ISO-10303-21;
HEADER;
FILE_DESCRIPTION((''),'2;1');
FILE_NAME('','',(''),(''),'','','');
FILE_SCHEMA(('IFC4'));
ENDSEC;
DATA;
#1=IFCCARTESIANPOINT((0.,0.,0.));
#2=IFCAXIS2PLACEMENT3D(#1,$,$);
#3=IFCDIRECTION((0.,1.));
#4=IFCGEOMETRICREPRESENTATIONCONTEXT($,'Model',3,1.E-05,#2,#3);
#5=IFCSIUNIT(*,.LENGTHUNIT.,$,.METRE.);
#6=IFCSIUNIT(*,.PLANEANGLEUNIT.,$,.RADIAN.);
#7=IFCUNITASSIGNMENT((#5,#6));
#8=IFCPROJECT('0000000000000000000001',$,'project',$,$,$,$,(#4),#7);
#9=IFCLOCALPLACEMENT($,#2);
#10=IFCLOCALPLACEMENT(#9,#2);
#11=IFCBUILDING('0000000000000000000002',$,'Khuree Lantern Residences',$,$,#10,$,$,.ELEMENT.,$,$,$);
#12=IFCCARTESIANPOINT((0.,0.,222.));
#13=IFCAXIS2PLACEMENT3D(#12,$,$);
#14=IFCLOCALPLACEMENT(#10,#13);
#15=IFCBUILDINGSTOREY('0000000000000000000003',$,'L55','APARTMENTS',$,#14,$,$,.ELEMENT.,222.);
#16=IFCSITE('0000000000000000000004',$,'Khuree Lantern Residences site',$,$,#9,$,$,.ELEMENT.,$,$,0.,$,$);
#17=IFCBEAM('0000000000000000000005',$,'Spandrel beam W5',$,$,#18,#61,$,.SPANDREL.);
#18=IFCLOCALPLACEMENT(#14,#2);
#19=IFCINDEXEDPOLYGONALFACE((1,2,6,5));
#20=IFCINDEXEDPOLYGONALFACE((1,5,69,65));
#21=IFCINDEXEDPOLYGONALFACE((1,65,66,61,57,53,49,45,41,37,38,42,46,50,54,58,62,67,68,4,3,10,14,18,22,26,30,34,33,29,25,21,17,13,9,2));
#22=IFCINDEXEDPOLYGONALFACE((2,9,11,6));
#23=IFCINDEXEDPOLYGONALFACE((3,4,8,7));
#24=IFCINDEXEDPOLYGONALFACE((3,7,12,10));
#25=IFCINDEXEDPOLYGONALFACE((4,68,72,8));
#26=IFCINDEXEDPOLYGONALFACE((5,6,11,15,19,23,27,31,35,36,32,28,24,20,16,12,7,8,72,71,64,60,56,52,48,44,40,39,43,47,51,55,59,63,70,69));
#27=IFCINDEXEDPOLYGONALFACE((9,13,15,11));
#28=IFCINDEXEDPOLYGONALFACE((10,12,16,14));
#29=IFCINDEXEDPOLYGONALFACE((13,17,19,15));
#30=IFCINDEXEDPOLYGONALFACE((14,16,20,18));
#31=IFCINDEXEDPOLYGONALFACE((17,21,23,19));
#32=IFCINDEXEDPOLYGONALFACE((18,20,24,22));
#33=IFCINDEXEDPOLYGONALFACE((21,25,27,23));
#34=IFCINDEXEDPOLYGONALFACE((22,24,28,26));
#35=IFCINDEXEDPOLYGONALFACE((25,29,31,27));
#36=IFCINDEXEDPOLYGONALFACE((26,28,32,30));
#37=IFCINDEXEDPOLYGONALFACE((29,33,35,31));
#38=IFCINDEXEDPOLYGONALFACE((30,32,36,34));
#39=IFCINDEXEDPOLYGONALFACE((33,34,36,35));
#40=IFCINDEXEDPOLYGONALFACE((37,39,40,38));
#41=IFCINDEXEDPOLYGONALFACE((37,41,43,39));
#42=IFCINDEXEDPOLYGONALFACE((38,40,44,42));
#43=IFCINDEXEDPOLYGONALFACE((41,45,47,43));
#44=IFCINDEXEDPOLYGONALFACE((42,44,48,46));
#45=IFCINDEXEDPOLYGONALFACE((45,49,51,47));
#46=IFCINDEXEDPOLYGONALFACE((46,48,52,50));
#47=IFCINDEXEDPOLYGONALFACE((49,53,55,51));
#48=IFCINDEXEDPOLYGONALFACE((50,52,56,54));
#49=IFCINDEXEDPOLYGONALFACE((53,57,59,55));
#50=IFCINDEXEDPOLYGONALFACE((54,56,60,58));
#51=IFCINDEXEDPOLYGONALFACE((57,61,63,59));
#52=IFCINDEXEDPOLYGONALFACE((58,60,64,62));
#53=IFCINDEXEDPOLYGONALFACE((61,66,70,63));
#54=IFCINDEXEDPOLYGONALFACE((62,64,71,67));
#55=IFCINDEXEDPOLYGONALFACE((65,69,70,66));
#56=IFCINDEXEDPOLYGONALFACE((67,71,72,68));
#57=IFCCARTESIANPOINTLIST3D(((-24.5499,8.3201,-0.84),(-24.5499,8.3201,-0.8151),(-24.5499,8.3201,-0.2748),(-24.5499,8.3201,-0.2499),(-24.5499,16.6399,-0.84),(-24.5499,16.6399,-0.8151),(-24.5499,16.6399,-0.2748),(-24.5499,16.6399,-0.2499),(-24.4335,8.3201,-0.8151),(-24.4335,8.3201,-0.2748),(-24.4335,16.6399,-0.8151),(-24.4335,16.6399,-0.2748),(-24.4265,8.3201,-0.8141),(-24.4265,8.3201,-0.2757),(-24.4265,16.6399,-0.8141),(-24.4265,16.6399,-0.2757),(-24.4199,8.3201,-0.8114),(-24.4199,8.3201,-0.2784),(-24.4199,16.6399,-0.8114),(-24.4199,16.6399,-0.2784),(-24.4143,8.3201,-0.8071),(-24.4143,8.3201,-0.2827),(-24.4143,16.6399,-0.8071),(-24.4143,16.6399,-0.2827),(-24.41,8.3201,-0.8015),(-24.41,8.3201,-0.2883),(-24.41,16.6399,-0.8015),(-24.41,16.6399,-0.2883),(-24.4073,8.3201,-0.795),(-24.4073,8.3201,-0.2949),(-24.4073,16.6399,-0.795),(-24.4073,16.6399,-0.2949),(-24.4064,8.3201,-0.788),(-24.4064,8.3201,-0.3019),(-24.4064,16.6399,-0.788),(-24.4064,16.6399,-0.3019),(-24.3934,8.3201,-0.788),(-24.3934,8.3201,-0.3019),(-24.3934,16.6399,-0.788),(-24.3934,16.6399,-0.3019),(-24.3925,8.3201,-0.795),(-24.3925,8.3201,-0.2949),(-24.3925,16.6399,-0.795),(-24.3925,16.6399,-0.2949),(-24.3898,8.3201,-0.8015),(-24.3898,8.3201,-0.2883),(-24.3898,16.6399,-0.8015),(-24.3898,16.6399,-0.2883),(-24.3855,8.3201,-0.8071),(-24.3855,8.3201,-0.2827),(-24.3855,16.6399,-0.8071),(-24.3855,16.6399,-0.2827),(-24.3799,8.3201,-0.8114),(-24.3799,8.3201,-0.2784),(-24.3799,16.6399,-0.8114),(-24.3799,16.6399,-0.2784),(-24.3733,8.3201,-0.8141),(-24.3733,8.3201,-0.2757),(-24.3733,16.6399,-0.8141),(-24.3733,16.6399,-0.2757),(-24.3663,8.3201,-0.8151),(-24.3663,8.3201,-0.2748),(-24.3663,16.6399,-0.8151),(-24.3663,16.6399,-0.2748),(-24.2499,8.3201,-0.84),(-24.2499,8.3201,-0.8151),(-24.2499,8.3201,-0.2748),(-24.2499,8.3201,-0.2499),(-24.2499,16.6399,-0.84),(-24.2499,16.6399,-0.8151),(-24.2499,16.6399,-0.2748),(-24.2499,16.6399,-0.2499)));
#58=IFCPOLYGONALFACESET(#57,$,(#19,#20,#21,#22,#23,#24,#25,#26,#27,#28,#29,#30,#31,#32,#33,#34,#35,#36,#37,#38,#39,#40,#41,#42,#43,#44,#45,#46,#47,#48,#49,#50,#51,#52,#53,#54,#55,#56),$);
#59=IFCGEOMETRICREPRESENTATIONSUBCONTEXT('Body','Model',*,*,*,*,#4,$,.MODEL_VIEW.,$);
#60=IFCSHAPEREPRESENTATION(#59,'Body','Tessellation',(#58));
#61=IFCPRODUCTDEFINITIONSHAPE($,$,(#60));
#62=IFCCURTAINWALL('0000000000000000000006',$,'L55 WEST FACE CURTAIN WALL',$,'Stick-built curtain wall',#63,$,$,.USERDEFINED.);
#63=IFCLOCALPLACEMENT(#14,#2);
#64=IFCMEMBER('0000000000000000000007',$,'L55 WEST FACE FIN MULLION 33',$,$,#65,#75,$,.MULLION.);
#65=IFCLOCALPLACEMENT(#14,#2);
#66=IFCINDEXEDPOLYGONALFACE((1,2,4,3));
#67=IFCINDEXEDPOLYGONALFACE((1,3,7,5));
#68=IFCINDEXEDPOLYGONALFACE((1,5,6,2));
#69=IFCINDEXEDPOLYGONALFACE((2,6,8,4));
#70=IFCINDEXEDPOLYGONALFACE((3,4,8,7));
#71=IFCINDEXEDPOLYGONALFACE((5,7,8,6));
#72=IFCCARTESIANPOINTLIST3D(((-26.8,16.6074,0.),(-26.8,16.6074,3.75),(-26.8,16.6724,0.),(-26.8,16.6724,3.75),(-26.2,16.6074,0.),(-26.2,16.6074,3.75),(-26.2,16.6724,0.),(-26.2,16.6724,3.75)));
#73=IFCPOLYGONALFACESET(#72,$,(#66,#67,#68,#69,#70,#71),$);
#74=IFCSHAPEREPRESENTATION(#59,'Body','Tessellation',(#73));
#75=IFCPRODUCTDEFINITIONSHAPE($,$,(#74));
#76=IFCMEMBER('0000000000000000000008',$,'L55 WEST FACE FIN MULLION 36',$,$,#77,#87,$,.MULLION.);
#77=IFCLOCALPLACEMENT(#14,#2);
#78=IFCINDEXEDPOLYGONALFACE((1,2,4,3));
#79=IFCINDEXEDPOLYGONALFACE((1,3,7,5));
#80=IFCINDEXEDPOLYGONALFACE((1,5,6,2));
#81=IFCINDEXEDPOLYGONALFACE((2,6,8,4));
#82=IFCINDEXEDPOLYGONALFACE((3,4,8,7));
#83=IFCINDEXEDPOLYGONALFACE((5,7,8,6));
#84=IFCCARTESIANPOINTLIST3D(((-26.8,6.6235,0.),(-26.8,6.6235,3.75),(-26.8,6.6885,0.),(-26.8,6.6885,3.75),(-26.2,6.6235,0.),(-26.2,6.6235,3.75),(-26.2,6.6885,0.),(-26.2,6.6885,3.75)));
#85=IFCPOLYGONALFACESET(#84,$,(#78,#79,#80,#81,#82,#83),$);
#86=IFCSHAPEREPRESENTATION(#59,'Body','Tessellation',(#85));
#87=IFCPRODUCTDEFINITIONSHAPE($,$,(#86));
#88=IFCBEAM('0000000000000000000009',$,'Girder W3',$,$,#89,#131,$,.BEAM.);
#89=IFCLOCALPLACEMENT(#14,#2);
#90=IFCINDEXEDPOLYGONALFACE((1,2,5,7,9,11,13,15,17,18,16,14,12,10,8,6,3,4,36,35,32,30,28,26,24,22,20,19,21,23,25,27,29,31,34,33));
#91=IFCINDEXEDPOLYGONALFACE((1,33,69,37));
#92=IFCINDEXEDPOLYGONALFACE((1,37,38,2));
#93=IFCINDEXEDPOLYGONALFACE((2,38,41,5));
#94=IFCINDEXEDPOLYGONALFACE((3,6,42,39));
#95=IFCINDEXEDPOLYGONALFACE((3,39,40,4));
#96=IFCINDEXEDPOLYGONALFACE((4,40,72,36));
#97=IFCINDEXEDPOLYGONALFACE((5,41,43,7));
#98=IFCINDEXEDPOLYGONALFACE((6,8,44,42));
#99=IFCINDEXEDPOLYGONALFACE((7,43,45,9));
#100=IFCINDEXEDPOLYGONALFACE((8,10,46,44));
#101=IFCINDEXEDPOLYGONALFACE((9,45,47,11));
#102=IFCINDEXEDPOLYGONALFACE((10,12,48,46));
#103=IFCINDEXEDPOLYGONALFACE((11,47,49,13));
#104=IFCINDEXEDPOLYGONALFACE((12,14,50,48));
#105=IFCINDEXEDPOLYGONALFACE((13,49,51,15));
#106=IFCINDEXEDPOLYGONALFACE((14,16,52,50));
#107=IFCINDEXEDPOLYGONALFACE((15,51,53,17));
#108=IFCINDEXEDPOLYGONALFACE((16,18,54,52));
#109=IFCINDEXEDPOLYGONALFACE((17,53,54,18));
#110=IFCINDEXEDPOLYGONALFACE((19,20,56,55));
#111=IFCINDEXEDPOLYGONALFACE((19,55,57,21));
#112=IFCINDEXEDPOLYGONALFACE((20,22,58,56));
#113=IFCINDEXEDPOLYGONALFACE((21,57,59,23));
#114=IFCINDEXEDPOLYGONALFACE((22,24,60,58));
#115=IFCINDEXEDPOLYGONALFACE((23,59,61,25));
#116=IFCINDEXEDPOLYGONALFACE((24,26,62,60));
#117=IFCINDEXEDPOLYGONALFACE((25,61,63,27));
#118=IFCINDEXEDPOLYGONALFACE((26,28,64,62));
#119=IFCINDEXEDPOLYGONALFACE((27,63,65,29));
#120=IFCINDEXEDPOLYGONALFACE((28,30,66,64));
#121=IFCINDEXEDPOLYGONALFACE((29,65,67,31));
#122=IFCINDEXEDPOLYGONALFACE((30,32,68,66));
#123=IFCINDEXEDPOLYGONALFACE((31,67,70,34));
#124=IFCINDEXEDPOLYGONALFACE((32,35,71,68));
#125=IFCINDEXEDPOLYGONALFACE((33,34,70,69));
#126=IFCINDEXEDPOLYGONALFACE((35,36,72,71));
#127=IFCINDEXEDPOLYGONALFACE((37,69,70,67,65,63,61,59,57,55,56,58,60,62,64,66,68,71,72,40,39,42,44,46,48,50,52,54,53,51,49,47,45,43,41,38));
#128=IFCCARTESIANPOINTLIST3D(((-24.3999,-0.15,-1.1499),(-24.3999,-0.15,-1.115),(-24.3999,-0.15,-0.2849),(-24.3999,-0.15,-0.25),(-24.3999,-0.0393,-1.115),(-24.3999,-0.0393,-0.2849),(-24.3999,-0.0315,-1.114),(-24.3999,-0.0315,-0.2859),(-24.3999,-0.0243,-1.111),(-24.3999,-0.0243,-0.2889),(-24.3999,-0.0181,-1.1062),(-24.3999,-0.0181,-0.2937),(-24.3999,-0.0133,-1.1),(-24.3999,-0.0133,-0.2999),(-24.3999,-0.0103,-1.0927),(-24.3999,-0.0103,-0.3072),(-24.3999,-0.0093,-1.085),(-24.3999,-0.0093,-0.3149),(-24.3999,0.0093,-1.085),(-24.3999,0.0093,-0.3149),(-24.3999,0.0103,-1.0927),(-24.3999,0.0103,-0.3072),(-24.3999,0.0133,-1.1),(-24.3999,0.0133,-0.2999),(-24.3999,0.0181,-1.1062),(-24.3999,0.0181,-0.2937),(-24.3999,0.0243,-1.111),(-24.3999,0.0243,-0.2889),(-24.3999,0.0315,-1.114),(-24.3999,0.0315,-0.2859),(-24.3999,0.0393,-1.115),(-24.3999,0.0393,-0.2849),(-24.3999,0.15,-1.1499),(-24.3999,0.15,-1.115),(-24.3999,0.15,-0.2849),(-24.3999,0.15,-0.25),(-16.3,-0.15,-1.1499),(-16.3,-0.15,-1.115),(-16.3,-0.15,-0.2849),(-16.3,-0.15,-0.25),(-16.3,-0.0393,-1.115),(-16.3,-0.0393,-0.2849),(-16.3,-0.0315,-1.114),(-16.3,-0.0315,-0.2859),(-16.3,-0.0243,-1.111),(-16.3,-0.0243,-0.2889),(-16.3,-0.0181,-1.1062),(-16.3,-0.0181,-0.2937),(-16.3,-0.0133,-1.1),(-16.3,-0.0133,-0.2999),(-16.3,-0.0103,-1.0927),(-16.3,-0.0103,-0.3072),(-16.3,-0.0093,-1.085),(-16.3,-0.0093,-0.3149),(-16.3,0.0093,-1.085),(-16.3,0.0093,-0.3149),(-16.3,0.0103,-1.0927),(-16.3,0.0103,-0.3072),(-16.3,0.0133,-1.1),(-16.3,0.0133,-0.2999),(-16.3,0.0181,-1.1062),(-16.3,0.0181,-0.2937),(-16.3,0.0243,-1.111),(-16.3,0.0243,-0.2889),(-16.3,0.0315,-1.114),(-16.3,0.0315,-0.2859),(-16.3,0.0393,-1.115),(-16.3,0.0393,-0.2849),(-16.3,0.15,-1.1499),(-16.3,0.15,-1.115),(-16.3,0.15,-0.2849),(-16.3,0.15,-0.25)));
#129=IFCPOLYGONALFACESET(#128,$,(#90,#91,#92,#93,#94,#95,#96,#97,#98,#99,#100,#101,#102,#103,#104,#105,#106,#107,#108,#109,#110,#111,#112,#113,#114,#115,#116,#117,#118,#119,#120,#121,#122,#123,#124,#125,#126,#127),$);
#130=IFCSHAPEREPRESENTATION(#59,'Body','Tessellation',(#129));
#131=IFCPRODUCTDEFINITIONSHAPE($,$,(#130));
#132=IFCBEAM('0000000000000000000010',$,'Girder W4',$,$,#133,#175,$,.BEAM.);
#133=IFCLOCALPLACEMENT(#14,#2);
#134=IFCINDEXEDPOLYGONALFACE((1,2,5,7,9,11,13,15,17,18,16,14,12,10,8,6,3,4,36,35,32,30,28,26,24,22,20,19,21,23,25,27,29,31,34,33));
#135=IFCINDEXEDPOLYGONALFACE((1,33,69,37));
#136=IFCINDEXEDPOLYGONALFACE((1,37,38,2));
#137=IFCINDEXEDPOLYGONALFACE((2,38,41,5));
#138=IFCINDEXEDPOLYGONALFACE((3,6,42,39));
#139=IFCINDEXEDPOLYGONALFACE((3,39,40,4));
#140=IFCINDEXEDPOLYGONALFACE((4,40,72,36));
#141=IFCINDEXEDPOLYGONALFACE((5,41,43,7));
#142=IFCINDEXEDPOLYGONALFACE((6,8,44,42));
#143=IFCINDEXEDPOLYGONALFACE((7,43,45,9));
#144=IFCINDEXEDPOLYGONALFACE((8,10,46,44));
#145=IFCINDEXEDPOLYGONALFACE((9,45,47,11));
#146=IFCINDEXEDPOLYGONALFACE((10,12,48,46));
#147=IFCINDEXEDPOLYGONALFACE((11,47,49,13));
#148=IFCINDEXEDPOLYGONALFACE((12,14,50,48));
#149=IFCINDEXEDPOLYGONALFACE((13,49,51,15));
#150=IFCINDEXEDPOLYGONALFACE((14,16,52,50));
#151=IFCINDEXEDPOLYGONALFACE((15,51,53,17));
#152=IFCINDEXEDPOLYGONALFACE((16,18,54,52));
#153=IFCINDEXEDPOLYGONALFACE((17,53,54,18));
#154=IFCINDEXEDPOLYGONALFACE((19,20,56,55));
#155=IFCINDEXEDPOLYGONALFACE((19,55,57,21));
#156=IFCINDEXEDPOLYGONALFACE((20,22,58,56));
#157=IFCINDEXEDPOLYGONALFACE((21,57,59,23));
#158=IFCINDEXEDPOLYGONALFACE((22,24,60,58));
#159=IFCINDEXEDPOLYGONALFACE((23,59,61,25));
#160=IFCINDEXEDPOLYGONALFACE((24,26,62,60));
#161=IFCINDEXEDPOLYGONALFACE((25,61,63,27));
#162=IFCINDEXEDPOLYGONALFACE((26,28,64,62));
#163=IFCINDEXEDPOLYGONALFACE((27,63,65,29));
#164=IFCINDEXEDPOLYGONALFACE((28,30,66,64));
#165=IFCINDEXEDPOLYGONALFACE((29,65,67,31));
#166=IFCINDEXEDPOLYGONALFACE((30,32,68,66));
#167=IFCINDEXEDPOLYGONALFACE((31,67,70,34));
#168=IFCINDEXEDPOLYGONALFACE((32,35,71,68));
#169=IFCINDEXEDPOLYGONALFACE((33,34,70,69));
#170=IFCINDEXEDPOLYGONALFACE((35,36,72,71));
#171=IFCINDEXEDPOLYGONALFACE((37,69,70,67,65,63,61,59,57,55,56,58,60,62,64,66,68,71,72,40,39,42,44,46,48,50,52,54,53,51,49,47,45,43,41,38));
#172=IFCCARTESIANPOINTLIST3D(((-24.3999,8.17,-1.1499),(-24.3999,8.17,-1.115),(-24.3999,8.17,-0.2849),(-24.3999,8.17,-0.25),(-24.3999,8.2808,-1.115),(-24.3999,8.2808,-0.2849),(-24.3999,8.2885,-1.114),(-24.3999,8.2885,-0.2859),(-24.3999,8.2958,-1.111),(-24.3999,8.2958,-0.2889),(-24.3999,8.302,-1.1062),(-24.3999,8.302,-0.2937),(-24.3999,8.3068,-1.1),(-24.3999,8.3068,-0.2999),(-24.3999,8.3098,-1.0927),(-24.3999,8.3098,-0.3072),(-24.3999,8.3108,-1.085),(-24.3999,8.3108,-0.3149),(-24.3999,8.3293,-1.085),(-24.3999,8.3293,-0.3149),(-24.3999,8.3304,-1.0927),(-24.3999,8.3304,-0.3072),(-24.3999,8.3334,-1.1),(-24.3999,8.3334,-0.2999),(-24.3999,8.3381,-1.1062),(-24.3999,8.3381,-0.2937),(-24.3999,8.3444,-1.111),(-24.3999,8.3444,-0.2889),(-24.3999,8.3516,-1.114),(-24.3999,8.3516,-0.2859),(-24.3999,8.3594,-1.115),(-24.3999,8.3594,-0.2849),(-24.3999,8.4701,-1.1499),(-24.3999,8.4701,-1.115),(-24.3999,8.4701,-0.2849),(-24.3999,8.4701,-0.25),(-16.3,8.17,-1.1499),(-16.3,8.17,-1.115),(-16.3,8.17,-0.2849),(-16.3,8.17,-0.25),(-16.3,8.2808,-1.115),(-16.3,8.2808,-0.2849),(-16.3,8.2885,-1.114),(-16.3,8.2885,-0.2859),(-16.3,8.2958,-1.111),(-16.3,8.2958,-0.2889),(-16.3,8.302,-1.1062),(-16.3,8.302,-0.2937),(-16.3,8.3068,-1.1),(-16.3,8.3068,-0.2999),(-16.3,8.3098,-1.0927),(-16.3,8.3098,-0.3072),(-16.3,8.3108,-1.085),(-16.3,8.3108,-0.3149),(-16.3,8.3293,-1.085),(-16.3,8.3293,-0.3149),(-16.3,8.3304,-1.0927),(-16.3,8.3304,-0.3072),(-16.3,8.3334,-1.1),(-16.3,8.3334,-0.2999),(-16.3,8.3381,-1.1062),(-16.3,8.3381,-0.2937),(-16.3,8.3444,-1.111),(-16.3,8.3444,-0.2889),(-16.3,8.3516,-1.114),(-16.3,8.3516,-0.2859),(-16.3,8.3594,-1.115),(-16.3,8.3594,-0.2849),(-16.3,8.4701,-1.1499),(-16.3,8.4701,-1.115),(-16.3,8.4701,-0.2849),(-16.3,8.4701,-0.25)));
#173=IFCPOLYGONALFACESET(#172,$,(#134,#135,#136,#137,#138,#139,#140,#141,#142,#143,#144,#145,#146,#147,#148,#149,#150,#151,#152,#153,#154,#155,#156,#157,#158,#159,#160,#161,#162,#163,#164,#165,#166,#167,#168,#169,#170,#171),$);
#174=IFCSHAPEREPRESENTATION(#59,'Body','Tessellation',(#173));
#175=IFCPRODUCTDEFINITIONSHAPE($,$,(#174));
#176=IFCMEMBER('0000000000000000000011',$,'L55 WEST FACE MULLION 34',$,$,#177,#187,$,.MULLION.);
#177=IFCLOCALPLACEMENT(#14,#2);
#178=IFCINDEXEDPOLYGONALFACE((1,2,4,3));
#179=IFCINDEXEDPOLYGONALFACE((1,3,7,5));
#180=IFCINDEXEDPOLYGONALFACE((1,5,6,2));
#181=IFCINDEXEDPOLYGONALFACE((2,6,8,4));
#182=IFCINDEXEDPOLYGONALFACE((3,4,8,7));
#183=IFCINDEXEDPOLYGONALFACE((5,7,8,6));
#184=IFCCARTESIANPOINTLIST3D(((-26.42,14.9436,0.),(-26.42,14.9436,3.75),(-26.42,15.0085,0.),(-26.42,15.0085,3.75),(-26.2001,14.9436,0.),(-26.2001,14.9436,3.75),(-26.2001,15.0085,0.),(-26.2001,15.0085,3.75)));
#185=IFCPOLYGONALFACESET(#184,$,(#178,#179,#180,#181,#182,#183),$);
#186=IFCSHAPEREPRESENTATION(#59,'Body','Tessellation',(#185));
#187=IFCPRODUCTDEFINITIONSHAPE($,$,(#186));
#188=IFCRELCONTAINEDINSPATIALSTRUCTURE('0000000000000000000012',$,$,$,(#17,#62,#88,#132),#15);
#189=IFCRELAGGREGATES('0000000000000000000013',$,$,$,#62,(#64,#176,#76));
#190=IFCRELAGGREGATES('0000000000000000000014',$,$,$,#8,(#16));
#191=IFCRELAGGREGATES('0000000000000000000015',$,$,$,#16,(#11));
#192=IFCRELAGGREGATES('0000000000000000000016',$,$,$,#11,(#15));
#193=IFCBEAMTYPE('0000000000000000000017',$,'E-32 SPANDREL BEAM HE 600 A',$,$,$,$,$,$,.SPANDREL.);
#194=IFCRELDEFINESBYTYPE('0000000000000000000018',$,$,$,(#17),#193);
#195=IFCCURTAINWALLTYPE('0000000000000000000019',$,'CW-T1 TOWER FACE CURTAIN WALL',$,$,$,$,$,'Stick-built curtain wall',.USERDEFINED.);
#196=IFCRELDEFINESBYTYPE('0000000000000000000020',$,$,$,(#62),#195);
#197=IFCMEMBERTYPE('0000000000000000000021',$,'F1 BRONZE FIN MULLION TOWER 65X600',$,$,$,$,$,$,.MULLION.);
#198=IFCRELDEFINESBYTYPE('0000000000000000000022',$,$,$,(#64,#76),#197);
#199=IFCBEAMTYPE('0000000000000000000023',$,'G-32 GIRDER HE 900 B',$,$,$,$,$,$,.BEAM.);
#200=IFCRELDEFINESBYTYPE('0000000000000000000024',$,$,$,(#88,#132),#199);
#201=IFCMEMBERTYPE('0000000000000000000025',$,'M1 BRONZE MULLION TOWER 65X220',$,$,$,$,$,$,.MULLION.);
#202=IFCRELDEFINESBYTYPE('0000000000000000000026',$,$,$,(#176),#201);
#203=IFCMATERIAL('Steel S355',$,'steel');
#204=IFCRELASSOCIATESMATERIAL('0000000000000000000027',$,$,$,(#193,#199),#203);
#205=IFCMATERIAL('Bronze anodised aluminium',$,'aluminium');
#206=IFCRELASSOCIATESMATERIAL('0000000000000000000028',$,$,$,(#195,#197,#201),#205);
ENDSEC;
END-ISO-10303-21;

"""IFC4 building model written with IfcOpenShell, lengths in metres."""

from ifc_helpers import new_model, si_unit, direction, frame, origin, origin_2d, place, context, subcontext, project, spatial, rectangle, i_section, extrude, material, material_profile, profile_set, type_object, element, aggregate, save


model = new_model("IFC4")

# Units and contexts
model_context = context("Model", 3, precision=1e-05, world=origin(), true_north=direction((0.0, 1.0)))
body_context = subcontext(model_context, "Body", "Model", "MODEL_VIEW")
ifc_project = project(units=[si_unit("LENGTHUNIT", "METRE"), si_unit("PLANEANGLEUNIT", "RADIAN")], contexts=[model_context])

# Site, building, storey
site_placement = place(None, origin())
site = spatial("IfcSite", under=ifc_project, at=site_placement, Name="Khuree Lantern Residences site", CompositionType="ELEMENT", RefElevation=0.0)
building_placement = place(site_placement, origin())
building = spatial("IfcBuilding", under=site, at=building_placement, Name="Khuree Lantern Residences", CompositionType="ELEMENT")
storey_placement = place(building_placement, frame((0.0, 0.0, 222.0)))
storey = spatial("IfcBuildingStorey", under=building, at=storey_placement, Name="L55", Description="APARTMENTS", CompositionType="ELEMENT", Elevation=222.0)

# Beam
ifc_material_1 = material(Name="Steel S355", Category="steel")
ifc_material_profile_1 = material_profile(ifc_material_1, i_section(OverallWidth=0.3, OverallDepth=0.5901, WebThickness=0.0129, FlangeThickness=0.0249, FilletRadius=0.0271, at=origin_2d()), Name="HE 600 A")
ifc_profile_set_1 = profile_set([ifc_material_profile_1], Name="Steel S355")
beam_type_1 = type_object("IfcBeamType", Name="E-32 SPANDREL BEAM HE 600 A", PredefinedType="SPANDREL", material=ifc_profile_set_1)
beam_1_placement = place(storey_placement, frame((-24.3999, 8.3201, -0.5449), z_axis=(0.0, 1.0, 0.0), x_axis=(-1.0, 0.0, 0.0)))
element("IfcBeam", 1, at=beam_1_placement, inside=storey, type_object=beam_type_1, Name="Spandrel beam W5", PredefinedType="SPANDREL", context=body_context, shape_type="SweptSolid", body=[
    extrude(i_section(OverallWidth=0.3, OverallDepth=0.5901, WebThickness=0.0129, FlangeThickness=0.0249, FilletRadius=0.0271, at=origin_2d()), origin(), (0.0, 0.0, 1.0), 8.3198),
])

# Curtain wall, members
ifc_material_2 = material(Name="Bronze anodised aluminium", Category="aluminium")
curtain_wall_type = type_object("IfcCurtainWallType", Name="CW-T1 TOWER FACE CURTAIN WALL", ElementType="Stick-built curtain wall", PredefinedType="USERDEFINED", material=ifc_material_2)
curtain_wall_placement = place(storey_placement, origin())
curtain_wall = element("IfcCurtainWall", 2, at=curtain_wall_placement, inside=storey, type_object=curtain_wall_type, Name="L55 WEST FACE CURTAIN WALL", ObjectType="Stick-built curtain wall", PredefinedType="USERDEFINED")
ifc_material_profile_2 = material_profile(ifc_material_2, rectangle(XDim=0.0649, YDim=0.6001, at=origin_2d()), Name="F1 65X600")
ifc_profile_set_2 = profile_set([ifc_material_profile_2], Name="Bronze anodised aluminium")
member_type_1 = type_object("IfcMemberType", Name="F1 BRONZE FIN MULLION TOWER 65X600", PredefinedType="MULLION", material=ifc_profile_set_2)
member_1_placement = place(storey_placement, frame((-26.5, 16.6399, 0.0), z_axis=(0.0, 0.0, 1.0), x_axis=(0.0, -1.0, 0.0)))
member_1 = element("IfcMember", 3, at=member_1_placement, type_object=member_type_1, Name="L55 WEST FACE FIN MULLION 33", PredefinedType="MULLION", context=body_context, shape_type="SweptSolid", body=[
    extrude(rectangle(XDim=0.0649, YDim=0.6001, at=origin_2d()), origin(), (0.0, 0.0, 1.0), 3.75),
])
member_2_placement = place(storey_placement, frame((-26.5, 6.656, 0.0), z_axis=(0.0, 0.0, 1.0), x_axis=(0.0, -1.0, 0.0)))
member_2 = element("IfcMember", 4, at=member_2_placement, type_object=member_type_1, Name="L55 WEST FACE FIN MULLION 36", PredefinedType="MULLION", context=body_context, shape_type="SweptSolid", body=[
    extrude(rectangle(XDim=0.0649, YDim=0.6001, at=origin_2d()), origin(), (0.0, 0.0, 1.0), 3.75),
])

# Beams
ifc_material_profile_3 = material_profile(ifc_material_1, i_section(OverallWidth=0.3, OverallDepth=0.8999, WebThickness=0.0186, FlangeThickness=0.0349, FilletRadius=0.03, at=origin_2d()), Name="HE 900 B")
ifc_profile_set_3 = profile_set([ifc_material_profile_3], Name="Steel S355")
beam_type_2 = type_object("IfcBeamType", Name="G-32 GIRDER HE 900 B", PredefinedType="BEAM", material=ifc_profile_set_3)
for number, where, z_axis, x_axis, name in (
    (5, (-24.3999, 0.0, -0.7), (1.0, 0.0, 0.0), (0.0, 1.0, 0.0), "Girder W3"),
    (6, (-24.3999, 8.3201, -0.7), (1.0, 0.0, 0.0), (0.0, 1.0, 0.0), "Girder W4"),
):
    element("IfcBeam", number, at=place(storey_placement, frame(where, z_axis=z_axis, x_axis=x_axis)), inside=storey, type_object=beam_type_2, Name=name, PredefinedType="BEAM", context=body_context, shape_type="SweptSolid", body=[
        extrude(i_section(OverallWidth=0.3, OverallDepth=0.8999, WebThickness=0.0186, FlangeThickness=0.0349, FilletRadius=0.03, at=origin_2d()), origin(), (0.0, 0.0, 1.0), 8.0999),
    ])

# Member
ifc_material_profile_4 = material_profile(ifc_material_2, rectangle(XDim=0.0649, YDim=0.22, at=origin_2d()), Name="M1 65X220")
ifc_profile_set_4 = profile_set([ifc_material_profile_4], Name="Bronze anodised aluminium")
member_type_2 = type_object("IfcMemberType", Name="M1 BRONZE MULLION TOWER 65X220", PredefinedType="MULLION", material=ifc_profile_set_4)
member_3_placement = place(storey_placement, frame((-26.3101, 14.9761, 0.0), z_axis=(0.0, 0.0, 1.0), x_axis=(0.0, -1.0, 0.0)))
member_3 = element("IfcMember", 7, at=member_3_placement, type_object=member_type_2, Name="L55 WEST FACE MULLION 34", PredefinedType="MULLION", context=body_context, shape_type="SweptSolid", body=[
    extrude(rectangle(XDim=0.0649, YDim=0.22, at=origin_2d()), origin(), (0.0, 0.0, 1.0), 3.75),
])

aggregate(curtain_wall, [member_1, member_3, member_2])

save(model, "model.ifc")
